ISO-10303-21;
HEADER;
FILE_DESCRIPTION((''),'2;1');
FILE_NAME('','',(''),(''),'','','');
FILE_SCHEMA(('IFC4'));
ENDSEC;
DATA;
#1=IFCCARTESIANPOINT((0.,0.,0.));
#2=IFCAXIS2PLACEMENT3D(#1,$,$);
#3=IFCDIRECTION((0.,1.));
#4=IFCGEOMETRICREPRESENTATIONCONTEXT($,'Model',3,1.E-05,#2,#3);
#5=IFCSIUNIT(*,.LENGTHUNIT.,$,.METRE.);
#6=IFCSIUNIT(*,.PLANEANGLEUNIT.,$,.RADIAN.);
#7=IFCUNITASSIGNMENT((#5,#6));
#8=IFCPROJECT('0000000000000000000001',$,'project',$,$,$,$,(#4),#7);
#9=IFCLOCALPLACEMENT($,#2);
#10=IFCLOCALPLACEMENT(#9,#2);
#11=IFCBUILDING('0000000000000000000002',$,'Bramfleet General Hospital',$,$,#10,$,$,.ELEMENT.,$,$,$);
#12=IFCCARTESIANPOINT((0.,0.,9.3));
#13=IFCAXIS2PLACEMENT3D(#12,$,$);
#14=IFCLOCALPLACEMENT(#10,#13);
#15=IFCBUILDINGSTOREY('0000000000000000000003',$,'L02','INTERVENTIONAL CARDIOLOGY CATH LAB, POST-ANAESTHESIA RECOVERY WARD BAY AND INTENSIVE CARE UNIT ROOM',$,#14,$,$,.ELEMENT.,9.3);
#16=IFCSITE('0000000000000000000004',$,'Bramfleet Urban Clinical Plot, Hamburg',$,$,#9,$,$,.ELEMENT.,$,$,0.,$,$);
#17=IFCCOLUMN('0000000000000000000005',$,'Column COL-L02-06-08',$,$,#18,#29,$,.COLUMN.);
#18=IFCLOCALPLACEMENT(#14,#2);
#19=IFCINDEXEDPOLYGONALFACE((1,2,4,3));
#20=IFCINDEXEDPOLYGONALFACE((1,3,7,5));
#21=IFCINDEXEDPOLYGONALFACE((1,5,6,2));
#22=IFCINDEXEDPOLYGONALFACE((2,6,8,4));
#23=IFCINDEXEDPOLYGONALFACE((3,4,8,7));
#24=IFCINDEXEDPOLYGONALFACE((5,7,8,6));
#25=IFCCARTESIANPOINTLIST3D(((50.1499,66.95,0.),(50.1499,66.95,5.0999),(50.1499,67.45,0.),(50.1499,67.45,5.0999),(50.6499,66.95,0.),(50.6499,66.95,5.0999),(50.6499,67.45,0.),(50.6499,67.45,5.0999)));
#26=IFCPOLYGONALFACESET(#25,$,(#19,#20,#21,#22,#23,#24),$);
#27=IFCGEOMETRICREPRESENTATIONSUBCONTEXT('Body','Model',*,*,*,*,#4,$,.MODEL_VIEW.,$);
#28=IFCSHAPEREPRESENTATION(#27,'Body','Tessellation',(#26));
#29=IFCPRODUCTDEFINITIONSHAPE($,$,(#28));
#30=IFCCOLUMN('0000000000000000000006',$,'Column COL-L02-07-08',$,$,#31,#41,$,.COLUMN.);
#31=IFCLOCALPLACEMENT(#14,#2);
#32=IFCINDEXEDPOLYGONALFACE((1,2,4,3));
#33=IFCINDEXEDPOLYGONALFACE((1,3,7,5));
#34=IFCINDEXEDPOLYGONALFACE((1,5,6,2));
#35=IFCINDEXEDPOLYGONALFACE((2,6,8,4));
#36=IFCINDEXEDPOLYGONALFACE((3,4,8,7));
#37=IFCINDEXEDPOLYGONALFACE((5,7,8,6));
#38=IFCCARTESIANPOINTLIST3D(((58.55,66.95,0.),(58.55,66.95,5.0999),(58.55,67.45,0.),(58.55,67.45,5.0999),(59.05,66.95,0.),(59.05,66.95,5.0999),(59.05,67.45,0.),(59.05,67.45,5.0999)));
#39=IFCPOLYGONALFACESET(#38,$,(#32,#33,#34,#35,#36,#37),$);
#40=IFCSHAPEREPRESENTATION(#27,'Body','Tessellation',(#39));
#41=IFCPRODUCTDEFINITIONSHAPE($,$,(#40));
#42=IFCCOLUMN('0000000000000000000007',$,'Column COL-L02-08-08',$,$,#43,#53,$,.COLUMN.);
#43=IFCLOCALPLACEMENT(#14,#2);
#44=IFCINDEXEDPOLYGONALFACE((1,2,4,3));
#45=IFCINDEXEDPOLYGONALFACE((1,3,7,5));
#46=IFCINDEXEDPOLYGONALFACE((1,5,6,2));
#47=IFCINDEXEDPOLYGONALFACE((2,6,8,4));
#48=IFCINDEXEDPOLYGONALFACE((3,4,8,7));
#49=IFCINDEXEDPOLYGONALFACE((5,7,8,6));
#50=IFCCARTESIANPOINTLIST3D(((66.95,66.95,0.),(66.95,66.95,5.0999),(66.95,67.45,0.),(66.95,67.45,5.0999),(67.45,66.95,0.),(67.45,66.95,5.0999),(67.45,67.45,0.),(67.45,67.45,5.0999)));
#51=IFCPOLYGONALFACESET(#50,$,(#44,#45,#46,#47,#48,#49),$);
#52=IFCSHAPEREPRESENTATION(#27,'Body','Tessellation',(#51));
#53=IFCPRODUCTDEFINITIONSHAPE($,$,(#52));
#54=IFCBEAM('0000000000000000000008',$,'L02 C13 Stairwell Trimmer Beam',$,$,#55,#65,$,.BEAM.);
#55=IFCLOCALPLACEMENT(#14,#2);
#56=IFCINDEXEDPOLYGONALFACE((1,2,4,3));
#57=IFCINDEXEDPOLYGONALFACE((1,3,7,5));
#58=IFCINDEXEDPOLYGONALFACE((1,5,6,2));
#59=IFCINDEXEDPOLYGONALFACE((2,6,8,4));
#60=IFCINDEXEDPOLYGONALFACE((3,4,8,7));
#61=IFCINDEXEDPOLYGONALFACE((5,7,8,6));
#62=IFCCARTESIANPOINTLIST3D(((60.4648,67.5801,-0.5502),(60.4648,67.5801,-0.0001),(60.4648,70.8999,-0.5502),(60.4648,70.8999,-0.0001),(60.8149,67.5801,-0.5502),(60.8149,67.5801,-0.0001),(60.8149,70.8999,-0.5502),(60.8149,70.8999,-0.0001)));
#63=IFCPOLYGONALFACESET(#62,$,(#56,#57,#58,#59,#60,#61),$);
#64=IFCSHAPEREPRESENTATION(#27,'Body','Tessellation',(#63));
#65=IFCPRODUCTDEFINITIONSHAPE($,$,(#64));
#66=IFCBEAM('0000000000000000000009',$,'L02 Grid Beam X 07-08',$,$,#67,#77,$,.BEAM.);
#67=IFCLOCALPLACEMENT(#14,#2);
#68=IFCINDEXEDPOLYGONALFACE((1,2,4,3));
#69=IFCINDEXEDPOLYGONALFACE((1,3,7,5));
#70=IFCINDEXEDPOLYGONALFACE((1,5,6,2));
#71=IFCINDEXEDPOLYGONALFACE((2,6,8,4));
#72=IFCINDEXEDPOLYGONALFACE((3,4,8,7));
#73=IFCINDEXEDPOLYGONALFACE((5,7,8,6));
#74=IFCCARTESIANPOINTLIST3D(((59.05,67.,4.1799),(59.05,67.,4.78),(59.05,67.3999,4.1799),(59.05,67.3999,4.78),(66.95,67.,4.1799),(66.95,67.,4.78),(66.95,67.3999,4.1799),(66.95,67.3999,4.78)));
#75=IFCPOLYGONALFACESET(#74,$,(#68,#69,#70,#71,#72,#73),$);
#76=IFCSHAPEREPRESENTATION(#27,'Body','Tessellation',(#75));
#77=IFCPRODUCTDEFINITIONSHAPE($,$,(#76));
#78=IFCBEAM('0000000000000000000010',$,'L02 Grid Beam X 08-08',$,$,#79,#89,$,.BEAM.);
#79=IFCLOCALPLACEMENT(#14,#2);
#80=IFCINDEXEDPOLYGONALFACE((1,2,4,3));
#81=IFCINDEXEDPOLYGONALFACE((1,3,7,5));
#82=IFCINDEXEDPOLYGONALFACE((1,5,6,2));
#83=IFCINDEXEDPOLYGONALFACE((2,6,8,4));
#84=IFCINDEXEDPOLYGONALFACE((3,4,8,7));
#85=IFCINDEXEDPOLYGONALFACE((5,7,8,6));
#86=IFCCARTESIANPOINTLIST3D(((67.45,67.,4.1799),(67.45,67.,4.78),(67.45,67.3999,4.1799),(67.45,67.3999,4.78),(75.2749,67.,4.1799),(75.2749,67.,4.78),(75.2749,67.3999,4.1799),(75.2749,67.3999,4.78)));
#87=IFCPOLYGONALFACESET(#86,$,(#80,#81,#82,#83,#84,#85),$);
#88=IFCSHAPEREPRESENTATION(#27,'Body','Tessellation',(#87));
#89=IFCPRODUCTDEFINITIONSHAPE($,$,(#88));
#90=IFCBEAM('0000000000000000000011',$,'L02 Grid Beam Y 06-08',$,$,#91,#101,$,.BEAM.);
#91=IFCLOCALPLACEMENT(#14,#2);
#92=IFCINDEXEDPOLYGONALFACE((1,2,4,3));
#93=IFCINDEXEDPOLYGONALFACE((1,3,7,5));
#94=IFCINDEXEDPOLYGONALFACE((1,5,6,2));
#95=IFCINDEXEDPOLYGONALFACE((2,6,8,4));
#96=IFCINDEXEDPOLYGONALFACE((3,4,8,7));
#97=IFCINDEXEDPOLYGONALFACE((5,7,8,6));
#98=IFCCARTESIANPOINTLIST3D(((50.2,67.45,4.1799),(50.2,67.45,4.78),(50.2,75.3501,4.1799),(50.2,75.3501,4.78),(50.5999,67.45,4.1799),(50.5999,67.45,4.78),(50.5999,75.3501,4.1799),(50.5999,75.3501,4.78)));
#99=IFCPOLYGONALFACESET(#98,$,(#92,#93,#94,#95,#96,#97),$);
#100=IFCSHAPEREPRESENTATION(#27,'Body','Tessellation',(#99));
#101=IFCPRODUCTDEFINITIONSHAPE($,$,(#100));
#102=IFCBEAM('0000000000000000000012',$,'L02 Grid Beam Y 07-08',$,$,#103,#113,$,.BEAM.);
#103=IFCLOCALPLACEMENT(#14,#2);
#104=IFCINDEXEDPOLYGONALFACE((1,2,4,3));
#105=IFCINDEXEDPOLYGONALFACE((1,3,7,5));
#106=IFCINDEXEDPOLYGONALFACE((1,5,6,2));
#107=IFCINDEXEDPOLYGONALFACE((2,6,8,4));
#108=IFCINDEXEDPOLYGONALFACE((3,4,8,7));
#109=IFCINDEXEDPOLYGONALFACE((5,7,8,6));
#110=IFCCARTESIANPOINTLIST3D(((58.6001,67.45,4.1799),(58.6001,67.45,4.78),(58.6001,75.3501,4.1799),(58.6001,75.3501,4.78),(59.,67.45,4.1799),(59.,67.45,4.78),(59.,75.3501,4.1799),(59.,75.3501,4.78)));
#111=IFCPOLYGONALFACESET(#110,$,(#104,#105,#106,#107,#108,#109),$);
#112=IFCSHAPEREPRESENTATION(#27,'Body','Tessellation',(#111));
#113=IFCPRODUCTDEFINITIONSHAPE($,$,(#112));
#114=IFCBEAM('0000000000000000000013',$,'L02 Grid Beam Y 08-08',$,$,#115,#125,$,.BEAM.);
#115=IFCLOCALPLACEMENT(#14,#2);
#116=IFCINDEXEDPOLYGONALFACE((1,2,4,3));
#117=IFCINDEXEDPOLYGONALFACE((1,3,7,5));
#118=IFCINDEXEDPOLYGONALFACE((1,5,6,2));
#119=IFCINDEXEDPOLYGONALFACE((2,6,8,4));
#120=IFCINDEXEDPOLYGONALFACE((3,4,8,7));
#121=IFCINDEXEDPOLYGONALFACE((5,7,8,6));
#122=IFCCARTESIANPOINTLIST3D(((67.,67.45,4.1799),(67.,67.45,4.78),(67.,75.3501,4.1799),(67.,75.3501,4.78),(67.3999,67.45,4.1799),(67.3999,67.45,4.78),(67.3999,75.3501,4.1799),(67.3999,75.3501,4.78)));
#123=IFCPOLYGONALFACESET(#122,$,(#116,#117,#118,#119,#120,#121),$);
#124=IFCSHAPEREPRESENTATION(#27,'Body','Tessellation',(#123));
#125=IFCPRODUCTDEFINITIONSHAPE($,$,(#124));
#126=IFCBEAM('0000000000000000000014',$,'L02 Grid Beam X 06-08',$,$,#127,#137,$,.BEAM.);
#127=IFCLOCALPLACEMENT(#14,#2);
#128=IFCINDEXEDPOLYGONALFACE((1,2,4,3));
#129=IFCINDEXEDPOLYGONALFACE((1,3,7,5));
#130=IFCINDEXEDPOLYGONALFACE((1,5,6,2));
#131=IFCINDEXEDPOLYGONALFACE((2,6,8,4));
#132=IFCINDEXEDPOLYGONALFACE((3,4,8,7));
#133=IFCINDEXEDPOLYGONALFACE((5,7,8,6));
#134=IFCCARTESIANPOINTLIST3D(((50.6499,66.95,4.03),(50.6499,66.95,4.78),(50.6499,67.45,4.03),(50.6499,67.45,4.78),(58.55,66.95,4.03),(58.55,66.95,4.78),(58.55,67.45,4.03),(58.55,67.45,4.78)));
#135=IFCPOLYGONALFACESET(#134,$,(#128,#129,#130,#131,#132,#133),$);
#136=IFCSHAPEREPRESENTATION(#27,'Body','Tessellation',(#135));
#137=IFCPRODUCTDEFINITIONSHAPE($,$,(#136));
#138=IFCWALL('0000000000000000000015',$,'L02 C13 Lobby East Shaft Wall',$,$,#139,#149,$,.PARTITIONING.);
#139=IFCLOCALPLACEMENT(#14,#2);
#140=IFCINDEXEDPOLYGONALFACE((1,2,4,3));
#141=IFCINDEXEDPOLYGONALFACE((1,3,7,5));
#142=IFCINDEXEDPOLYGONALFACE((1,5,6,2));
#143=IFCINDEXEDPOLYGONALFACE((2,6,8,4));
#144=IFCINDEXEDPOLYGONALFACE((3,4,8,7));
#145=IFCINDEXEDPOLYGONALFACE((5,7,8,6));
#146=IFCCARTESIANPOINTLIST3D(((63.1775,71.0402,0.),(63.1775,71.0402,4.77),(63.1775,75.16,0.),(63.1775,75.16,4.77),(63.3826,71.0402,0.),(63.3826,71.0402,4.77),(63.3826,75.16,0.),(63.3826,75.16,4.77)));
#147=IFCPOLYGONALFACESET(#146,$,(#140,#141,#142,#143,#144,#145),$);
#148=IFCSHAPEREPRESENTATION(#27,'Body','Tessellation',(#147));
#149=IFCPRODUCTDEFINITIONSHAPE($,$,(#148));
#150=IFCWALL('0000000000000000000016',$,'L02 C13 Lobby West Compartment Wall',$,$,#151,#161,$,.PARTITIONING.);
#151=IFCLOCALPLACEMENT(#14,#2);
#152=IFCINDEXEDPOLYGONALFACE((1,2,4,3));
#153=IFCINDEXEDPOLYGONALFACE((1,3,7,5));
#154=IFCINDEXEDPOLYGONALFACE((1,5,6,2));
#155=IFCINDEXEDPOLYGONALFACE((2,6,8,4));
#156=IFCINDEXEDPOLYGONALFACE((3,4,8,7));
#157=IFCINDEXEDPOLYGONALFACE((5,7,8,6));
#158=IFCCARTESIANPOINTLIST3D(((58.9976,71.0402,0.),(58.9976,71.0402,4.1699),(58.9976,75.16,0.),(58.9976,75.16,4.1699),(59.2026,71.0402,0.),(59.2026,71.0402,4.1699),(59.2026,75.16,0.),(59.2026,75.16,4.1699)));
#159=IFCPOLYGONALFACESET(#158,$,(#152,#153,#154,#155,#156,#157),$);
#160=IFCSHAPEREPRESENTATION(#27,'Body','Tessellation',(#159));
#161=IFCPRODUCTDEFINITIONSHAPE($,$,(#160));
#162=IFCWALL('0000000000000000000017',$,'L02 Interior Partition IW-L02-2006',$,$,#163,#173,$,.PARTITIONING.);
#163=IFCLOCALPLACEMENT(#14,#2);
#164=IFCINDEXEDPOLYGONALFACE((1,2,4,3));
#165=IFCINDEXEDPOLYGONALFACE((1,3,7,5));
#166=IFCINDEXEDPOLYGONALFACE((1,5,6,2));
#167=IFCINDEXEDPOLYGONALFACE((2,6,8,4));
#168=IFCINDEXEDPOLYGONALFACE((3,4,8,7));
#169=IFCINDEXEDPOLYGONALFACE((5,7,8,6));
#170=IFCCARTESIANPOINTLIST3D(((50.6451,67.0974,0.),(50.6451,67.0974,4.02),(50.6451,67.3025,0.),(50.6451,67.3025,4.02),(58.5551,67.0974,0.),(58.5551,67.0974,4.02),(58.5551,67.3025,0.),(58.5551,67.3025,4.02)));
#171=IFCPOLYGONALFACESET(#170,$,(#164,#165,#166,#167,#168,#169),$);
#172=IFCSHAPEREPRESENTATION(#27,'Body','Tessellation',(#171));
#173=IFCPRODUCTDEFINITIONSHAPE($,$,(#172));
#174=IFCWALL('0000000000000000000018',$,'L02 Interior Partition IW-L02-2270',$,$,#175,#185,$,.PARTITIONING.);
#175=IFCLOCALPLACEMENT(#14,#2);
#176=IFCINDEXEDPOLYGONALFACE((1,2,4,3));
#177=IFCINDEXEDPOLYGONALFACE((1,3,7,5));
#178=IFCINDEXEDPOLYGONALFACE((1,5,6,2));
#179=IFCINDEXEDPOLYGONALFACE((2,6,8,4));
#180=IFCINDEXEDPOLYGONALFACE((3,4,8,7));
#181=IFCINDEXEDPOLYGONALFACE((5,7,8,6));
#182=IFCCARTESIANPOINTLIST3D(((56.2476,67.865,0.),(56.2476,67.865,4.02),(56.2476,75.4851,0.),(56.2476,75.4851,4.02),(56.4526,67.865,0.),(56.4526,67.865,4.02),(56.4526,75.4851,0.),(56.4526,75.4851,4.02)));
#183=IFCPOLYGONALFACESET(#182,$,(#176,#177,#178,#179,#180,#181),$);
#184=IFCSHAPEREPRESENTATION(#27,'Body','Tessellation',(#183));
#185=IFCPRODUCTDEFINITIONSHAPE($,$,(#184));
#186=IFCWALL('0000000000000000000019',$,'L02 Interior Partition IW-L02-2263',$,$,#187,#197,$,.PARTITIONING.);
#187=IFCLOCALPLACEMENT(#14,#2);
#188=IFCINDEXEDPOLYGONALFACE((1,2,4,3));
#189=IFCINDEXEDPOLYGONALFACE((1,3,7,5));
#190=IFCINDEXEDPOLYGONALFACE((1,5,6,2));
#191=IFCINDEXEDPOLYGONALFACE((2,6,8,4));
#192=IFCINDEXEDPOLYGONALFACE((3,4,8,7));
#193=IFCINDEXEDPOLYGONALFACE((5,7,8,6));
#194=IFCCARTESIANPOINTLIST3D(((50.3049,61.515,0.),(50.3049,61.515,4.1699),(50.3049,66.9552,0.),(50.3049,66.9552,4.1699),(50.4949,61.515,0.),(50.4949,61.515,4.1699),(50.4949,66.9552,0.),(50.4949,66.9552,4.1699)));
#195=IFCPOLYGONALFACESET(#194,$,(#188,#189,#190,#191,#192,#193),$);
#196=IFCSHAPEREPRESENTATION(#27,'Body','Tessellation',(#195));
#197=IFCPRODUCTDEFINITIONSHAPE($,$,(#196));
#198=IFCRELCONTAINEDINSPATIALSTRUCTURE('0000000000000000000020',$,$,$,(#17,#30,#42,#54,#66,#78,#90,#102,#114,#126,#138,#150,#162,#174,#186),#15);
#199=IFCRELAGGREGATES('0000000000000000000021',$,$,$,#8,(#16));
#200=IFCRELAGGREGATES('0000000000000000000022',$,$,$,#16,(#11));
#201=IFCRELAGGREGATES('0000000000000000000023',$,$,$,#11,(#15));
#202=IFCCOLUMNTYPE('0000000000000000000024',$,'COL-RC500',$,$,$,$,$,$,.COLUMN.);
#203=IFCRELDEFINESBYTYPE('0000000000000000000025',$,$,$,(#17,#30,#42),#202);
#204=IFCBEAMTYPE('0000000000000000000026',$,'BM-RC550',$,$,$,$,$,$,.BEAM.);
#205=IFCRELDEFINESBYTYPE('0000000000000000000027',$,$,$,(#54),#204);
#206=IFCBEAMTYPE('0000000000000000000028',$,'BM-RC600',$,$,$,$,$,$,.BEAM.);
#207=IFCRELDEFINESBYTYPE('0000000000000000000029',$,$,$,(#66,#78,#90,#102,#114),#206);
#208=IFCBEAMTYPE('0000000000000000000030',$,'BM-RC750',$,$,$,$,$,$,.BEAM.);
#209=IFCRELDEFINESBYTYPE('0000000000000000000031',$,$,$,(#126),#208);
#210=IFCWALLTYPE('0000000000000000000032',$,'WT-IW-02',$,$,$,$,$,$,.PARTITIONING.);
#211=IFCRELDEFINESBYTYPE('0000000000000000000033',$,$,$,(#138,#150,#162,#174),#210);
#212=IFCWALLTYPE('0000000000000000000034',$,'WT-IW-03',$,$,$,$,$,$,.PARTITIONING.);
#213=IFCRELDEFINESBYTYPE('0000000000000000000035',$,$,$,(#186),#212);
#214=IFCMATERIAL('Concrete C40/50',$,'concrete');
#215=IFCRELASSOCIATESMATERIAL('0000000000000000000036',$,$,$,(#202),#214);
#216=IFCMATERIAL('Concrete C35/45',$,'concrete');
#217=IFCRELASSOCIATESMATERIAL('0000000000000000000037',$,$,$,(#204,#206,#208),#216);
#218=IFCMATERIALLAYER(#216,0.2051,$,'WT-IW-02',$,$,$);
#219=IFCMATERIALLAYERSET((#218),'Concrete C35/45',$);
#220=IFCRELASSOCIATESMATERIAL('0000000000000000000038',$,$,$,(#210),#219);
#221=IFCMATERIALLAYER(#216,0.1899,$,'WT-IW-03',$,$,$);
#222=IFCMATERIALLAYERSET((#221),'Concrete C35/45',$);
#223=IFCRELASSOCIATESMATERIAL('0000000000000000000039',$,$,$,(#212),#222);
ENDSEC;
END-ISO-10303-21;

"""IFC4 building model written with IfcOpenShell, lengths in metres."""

from ifc_helpers import new_model, si_unit, direction, frame, frame_2d, origin, origin_2d, place, context, subcontext, project, spatial, rectangle, extrude, material, layer, layer_set, material_profile, profile_set, type_object, element, save


model = new_model("IFC4")

# Units and contexts
model_context = context("Model", 3, precision=1e-05, world=origin(), true_north=direction((0.0, 1.0)))
body_context = subcontext(model_context, "Body", "Model", "MODEL_VIEW")
ifc_project = project(units=[si_unit("LENGTHUNIT", "METRE"), si_unit("PLANEANGLEUNIT", "RADIAN")], contexts=[model_context])

# Site, building, storey
site_placement = place(None, origin())
site = spatial("IfcSite", under=ifc_project, at=site_placement, Name="Bramfleet Urban Clinical Plot, Hamburg", CompositionType="ELEMENT", RefElevation=0.0)
building_placement = place(site_placement, origin())
building = spatial("IfcBuilding", under=site, at=building_placement, Name="Bramfleet General Hospital", CompositionType="ELEMENT")
storey_placement = place(building_placement, frame((0.0, 0.0, 9.3)))
storey = spatial("IfcBuildingStorey", under=building, at=storey_placement, Name="L02", Description="INTERVENTIONAL CARDIOLOGY CATH LAB, POST-ANAESTHESIA RECOVERY WARD BAY AND INTENSIVE CARE UNIT ROOM", CompositionType="ELEMENT", Elevation=9.3)

# Columns
ifc_material_1 = material(Name="Concrete C40/50", Category="concrete")
ifc_material_profile_1 = material_profile(ifc_material_1, rectangle(XDim=0.5, YDim=0.5, at=origin_2d()), Name="RC COL 500x500")
ifc_profile_set_1 = profile_set([ifc_material_profile_1], Name="Concrete C40/50")
column_type = type_object("IfcColumnType", Name="COL-RC500", PredefinedType="COLUMN", material=ifc_profile_set_1)
for number, where, z_axis, x_axis, name in (
    (1, (50.3999, 67.2, 0.0), (0.0, 0.0, 1.0), (1.0, 0.0, 0.0), "Column COL-L02-06-08"),
    (2, (58.8, 67.2, 0.0), (0.0, 0.0, 1.0), (1.0, 0.0, 0.0), "Column COL-L02-07-08"),
    (3, (67.2, 67.2, 0.0), (0.0, 0.0, 1.0), (1.0, 0.0, 0.0), "Column COL-L02-08-08"),
):
    element("IfcColumn", number, at=place(storey_placement, frame(where, z_axis=z_axis, x_axis=x_axis)), inside=storey, type_object=column_type, Name=name, PredefinedType="COLUMN", context=body_context, shape_type="SweptSolid", body=[
        extrude(rectangle(XDim=0.5, YDim=0.5, at=origin_2d()), origin(), (0.0, 0.0, 1.0), 5.0999),
    ])

# Beams
ifc_material_2 = material(Name="Concrete C35/45", Category="concrete")
ifc_material_profile_2 = material_profile(ifc_material_2, rectangle(XDim=0.3501, YDim=0.55, at=origin_2d()), Name="RC BM 550x350")
ifc_profile_set_2 = profile_set([ifc_material_profile_2], Name="Concrete C35/45")
beam_type_1 = type_object("IfcBeamType", Name="BM-RC550", PredefinedType="BEAM", material=ifc_profile_set_2)
beam_1_placement = place(storey_placement, frame((60.6399, 67.5801, -0.2751), z_axis=(0.0, 1.0, 0.0), x_axis=(-1.0, 0.0, 0.0)))
element("IfcBeam", 4, at=beam_1_placement, inside=storey, type_object=beam_type_1, Name="L02 C13 Stairwell Trimmer Beam", PredefinedType="BEAM", context=body_context, shape_type="SweptSolid", body=[
    extrude(rectangle(XDim=0.3501, YDim=0.55, at=origin_2d()), origin(), (0.0, 0.0, 1.0), 3.3198),
])
ifc_material_profile_3 = material_profile(ifc_material_2, rectangle(XDim=0.3999, YDim=0.6001, at=origin_2d()), Name="RC BM 600x400")
ifc_profile_set_3 = profile_set([ifc_material_profile_3], Name="Concrete C35/45")
beam_type_2 = type_object("IfcBeamType", Name="BM-RC600", PredefinedType="BEAM", material=ifc_profile_set_3)
beam_2_placement = place(storey_placement, frame((59.05, 67.2, 4.48), z_axis=(1.0, 0.0, 0.0), x_axis=(0.0, 1.0, 0.0)))
element("IfcBeam", 5, at=beam_2_placement, inside=storey, type_object=beam_type_2, Name="L02 Grid Beam X 07-08", PredefinedType="BEAM", context=body_context, shape_type="SweptSolid", body=[
    extrude(rectangle(XDim=0.3999, YDim=0.6001, at=origin_2d()), origin(), (0.0, 0.0, 1.0), 7.8999),
])
beam_3_placement = place(storey_placement, frame((67.45, 67.2, 4.48), z_axis=(1.0, 0.0, 0.0), x_axis=(0.0, 1.0, 0.0)))
element("IfcBeam", 6, at=beam_3_placement, inside=storey, type_object=beam_type_2, Name="L02 Grid Beam X 08-08", PredefinedType="BEAM", context=body_context, shape_type="SweptSolid", body=[
    extrude(rectangle(XDim=0.3999, YDim=0.6001, at=origin_2d()), origin(), (0.0, 0.0, 1.0), 7.825),
])
for number, where, z_axis, x_axis, name in (
    (7, (50.3999, 67.45, 4.48), (0.0, 1.0, 0.0), (-1.0, 0.0, 0.0), "L02 Grid Beam Y 06-08"),
    (8, (58.8, 67.45, 4.48), (0.0, 1.0, 0.0), (-1.0, 0.0, 0.0), "L02 Grid Beam Y 07-08"),
    (9, (67.2, 67.45, 4.48), (0.0, 1.0, 0.0), (-1.0, 0.0, 0.0), "L02 Grid Beam Y 08-08"),
):
    element("IfcBeam", number, at=place(storey_placement, frame(where, z_axis=z_axis, x_axis=x_axis)), inside=storey, type_object=beam_type_2, Name=name, PredefinedType="BEAM", context=body_context, shape_type="SweptSolid", body=[
        extrude(rectangle(XDim=0.3999, YDim=0.6001, at=origin_2d()), origin(), (0.0, 0.0, 1.0), 7.9001),
    ])
ifc_material_profile_4 = material_profile(ifc_material_2, rectangle(XDim=0.5, YDim=0.75, at=origin_2d()), Name="RC BM 750x500")
ifc_profile_set_4 = profile_set([ifc_material_profile_4], Name="Concrete C35/45")
beam_type_3 = type_object("IfcBeamType", Name="BM-RC750", PredefinedType="BEAM", material=ifc_profile_set_4)
beam_4_placement = place(storey_placement, frame((50.6499, 67.2, 4.405), z_axis=(1.0, 0.0, 0.0), x_axis=(0.0, 1.0, 0.0)))
element("IfcBeam", 10, at=beam_4_placement, inside=storey, type_object=beam_type_3, Name="L02 Grid Beam X 06-08", PredefinedType="BEAM", context=body_context, shape_type="SweptSolid", body=[
    extrude(rectangle(XDim=0.5, YDim=0.75, at=origin_2d()), origin(), (0.0, 0.0, 1.0), 7.9001),
])

# Walls
ifc_layer_1 = layer(ifc_material_2, 0.2051, Name="WT-IW-02")
ifc_layer_set_1 = layer_set([ifc_layer_1], Name="Concrete C35/45")
wall_type_1 = type_object("IfcWallType", Name="WT-IW-02", PredefinedType="PARTITIONING", material=ifc_layer_set_1)
wall_1_placement = place(storey_placement, frame((63.28, 71.04, 0.0), z_axis=(0.0, 0.0, 1.0), x_axis=(0.0, 1.0, 0.0)))
element("IfcWall", 11, at=wall_1_placement, inside=storey, type_object=wall_type_1, Name="L02 C13 Lobby East Shaft Wall", PredefinedType="PARTITIONING", context=body_context, shape_type="SweptSolid", body=[
    extrude(rectangle(XDim=4.1199, YDim=0.2051, at=frame_2d((2.0601, 0.0))), origin(), (0.0, 0.0, 1.0), 4.77),
])
wall_2_placement = place(storey_placement, frame((59.1001, 71.04, 0.0), z_axis=(0.0, 0.0, 1.0), x_axis=(0.0, 1.0, 0.0)))
element("IfcWall", 12, at=wall_2_placement, inside=storey, type_object=wall_type_1, Name="L02 C13 Lobby West Compartment Wall", PredefinedType="PARTITIONING", context=body_context, shape_type="SweptSolid", body=[
    extrude(rectangle(XDim=4.1199, YDim=0.2051, at=frame_2d((2.0601, 0.0))), origin(), (0.0, 0.0, 1.0), 4.1699),
])
wall_3_placement = place(storey_placement, frame((50.645, 67.2, 0.0), z_axis=(0.0, 0.0, 1.0), x_axis=(1.0, 0.0, 0.0)))
element("IfcWall", 13, at=wall_3_placement, inside=storey, type_object=wall_type_1, Name="L02 Interior Partition IW-L02-2006", PredefinedType="PARTITIONING", context=body_context, shape_type="SweptSolid", body=[
    extrude(rectangle(XDim=7.9099, YDim=0.2051, at=frame_2d((3.9551, 0.0))), origin(), (0.0, 0.0, 1.0), 4.02),
])
wall_4_placement = place(storey_placement, frame((56.3501, 67.865, 0.0), z_axis=(0.0, 0.0, 1.0), x_axis=(0.0, 1.0, 0.0)))
element("IfcWall", 14, at=wall_4_placement, inside=storey, type_object=wall_type_1, Name="L02 Interior Partition IW-L02-2270", PredefinedType="PARTITIONING", context=body_context, shape_type="SweptSolid", body=[
    extrude(rectangle(XDim=7.6201, YDim=0.2051, at=frame_2d((3.8101, 0.0))), origin(), (0.0, 0.0, 1.0), 4.02),
])
ifc_layer_2 = layer(ifc_material_2, 0.1899, Name="WT-IW-03")
ifc_layer_set_2 = layer_set([ifc_layer_2], Name="Concrete C35/45")
wall_type_2 = type_object("IfcWallType", Name="WT-IW-03", PredefinedType="PARTITIONING", material=ifc_layer_set_2)
wall_5_placement = place(storey_placement, frame((50.3999, 61.5149, 0.0), z_axis=(0.0, 0.0, 1.0), x_axis=(0.0, 1.0, 0.0)))
element("IfcWall", 15, at=wall_5_placement, inside=storey, type_object=wall_type_2, Name="L02 Interior Partition IW-L02-2263", PredefinedType="PARTITIONING", context=body_context, shape_type="SweptSolid", body=[
    extrude(rectangle(XDim=5.4402, YDim=0.1899, at=frame_2d((2.7202, 0.0))), origin(), (0.0, 0.0, 1.0), 4.1699),
])

save(model, "model.ifc")
